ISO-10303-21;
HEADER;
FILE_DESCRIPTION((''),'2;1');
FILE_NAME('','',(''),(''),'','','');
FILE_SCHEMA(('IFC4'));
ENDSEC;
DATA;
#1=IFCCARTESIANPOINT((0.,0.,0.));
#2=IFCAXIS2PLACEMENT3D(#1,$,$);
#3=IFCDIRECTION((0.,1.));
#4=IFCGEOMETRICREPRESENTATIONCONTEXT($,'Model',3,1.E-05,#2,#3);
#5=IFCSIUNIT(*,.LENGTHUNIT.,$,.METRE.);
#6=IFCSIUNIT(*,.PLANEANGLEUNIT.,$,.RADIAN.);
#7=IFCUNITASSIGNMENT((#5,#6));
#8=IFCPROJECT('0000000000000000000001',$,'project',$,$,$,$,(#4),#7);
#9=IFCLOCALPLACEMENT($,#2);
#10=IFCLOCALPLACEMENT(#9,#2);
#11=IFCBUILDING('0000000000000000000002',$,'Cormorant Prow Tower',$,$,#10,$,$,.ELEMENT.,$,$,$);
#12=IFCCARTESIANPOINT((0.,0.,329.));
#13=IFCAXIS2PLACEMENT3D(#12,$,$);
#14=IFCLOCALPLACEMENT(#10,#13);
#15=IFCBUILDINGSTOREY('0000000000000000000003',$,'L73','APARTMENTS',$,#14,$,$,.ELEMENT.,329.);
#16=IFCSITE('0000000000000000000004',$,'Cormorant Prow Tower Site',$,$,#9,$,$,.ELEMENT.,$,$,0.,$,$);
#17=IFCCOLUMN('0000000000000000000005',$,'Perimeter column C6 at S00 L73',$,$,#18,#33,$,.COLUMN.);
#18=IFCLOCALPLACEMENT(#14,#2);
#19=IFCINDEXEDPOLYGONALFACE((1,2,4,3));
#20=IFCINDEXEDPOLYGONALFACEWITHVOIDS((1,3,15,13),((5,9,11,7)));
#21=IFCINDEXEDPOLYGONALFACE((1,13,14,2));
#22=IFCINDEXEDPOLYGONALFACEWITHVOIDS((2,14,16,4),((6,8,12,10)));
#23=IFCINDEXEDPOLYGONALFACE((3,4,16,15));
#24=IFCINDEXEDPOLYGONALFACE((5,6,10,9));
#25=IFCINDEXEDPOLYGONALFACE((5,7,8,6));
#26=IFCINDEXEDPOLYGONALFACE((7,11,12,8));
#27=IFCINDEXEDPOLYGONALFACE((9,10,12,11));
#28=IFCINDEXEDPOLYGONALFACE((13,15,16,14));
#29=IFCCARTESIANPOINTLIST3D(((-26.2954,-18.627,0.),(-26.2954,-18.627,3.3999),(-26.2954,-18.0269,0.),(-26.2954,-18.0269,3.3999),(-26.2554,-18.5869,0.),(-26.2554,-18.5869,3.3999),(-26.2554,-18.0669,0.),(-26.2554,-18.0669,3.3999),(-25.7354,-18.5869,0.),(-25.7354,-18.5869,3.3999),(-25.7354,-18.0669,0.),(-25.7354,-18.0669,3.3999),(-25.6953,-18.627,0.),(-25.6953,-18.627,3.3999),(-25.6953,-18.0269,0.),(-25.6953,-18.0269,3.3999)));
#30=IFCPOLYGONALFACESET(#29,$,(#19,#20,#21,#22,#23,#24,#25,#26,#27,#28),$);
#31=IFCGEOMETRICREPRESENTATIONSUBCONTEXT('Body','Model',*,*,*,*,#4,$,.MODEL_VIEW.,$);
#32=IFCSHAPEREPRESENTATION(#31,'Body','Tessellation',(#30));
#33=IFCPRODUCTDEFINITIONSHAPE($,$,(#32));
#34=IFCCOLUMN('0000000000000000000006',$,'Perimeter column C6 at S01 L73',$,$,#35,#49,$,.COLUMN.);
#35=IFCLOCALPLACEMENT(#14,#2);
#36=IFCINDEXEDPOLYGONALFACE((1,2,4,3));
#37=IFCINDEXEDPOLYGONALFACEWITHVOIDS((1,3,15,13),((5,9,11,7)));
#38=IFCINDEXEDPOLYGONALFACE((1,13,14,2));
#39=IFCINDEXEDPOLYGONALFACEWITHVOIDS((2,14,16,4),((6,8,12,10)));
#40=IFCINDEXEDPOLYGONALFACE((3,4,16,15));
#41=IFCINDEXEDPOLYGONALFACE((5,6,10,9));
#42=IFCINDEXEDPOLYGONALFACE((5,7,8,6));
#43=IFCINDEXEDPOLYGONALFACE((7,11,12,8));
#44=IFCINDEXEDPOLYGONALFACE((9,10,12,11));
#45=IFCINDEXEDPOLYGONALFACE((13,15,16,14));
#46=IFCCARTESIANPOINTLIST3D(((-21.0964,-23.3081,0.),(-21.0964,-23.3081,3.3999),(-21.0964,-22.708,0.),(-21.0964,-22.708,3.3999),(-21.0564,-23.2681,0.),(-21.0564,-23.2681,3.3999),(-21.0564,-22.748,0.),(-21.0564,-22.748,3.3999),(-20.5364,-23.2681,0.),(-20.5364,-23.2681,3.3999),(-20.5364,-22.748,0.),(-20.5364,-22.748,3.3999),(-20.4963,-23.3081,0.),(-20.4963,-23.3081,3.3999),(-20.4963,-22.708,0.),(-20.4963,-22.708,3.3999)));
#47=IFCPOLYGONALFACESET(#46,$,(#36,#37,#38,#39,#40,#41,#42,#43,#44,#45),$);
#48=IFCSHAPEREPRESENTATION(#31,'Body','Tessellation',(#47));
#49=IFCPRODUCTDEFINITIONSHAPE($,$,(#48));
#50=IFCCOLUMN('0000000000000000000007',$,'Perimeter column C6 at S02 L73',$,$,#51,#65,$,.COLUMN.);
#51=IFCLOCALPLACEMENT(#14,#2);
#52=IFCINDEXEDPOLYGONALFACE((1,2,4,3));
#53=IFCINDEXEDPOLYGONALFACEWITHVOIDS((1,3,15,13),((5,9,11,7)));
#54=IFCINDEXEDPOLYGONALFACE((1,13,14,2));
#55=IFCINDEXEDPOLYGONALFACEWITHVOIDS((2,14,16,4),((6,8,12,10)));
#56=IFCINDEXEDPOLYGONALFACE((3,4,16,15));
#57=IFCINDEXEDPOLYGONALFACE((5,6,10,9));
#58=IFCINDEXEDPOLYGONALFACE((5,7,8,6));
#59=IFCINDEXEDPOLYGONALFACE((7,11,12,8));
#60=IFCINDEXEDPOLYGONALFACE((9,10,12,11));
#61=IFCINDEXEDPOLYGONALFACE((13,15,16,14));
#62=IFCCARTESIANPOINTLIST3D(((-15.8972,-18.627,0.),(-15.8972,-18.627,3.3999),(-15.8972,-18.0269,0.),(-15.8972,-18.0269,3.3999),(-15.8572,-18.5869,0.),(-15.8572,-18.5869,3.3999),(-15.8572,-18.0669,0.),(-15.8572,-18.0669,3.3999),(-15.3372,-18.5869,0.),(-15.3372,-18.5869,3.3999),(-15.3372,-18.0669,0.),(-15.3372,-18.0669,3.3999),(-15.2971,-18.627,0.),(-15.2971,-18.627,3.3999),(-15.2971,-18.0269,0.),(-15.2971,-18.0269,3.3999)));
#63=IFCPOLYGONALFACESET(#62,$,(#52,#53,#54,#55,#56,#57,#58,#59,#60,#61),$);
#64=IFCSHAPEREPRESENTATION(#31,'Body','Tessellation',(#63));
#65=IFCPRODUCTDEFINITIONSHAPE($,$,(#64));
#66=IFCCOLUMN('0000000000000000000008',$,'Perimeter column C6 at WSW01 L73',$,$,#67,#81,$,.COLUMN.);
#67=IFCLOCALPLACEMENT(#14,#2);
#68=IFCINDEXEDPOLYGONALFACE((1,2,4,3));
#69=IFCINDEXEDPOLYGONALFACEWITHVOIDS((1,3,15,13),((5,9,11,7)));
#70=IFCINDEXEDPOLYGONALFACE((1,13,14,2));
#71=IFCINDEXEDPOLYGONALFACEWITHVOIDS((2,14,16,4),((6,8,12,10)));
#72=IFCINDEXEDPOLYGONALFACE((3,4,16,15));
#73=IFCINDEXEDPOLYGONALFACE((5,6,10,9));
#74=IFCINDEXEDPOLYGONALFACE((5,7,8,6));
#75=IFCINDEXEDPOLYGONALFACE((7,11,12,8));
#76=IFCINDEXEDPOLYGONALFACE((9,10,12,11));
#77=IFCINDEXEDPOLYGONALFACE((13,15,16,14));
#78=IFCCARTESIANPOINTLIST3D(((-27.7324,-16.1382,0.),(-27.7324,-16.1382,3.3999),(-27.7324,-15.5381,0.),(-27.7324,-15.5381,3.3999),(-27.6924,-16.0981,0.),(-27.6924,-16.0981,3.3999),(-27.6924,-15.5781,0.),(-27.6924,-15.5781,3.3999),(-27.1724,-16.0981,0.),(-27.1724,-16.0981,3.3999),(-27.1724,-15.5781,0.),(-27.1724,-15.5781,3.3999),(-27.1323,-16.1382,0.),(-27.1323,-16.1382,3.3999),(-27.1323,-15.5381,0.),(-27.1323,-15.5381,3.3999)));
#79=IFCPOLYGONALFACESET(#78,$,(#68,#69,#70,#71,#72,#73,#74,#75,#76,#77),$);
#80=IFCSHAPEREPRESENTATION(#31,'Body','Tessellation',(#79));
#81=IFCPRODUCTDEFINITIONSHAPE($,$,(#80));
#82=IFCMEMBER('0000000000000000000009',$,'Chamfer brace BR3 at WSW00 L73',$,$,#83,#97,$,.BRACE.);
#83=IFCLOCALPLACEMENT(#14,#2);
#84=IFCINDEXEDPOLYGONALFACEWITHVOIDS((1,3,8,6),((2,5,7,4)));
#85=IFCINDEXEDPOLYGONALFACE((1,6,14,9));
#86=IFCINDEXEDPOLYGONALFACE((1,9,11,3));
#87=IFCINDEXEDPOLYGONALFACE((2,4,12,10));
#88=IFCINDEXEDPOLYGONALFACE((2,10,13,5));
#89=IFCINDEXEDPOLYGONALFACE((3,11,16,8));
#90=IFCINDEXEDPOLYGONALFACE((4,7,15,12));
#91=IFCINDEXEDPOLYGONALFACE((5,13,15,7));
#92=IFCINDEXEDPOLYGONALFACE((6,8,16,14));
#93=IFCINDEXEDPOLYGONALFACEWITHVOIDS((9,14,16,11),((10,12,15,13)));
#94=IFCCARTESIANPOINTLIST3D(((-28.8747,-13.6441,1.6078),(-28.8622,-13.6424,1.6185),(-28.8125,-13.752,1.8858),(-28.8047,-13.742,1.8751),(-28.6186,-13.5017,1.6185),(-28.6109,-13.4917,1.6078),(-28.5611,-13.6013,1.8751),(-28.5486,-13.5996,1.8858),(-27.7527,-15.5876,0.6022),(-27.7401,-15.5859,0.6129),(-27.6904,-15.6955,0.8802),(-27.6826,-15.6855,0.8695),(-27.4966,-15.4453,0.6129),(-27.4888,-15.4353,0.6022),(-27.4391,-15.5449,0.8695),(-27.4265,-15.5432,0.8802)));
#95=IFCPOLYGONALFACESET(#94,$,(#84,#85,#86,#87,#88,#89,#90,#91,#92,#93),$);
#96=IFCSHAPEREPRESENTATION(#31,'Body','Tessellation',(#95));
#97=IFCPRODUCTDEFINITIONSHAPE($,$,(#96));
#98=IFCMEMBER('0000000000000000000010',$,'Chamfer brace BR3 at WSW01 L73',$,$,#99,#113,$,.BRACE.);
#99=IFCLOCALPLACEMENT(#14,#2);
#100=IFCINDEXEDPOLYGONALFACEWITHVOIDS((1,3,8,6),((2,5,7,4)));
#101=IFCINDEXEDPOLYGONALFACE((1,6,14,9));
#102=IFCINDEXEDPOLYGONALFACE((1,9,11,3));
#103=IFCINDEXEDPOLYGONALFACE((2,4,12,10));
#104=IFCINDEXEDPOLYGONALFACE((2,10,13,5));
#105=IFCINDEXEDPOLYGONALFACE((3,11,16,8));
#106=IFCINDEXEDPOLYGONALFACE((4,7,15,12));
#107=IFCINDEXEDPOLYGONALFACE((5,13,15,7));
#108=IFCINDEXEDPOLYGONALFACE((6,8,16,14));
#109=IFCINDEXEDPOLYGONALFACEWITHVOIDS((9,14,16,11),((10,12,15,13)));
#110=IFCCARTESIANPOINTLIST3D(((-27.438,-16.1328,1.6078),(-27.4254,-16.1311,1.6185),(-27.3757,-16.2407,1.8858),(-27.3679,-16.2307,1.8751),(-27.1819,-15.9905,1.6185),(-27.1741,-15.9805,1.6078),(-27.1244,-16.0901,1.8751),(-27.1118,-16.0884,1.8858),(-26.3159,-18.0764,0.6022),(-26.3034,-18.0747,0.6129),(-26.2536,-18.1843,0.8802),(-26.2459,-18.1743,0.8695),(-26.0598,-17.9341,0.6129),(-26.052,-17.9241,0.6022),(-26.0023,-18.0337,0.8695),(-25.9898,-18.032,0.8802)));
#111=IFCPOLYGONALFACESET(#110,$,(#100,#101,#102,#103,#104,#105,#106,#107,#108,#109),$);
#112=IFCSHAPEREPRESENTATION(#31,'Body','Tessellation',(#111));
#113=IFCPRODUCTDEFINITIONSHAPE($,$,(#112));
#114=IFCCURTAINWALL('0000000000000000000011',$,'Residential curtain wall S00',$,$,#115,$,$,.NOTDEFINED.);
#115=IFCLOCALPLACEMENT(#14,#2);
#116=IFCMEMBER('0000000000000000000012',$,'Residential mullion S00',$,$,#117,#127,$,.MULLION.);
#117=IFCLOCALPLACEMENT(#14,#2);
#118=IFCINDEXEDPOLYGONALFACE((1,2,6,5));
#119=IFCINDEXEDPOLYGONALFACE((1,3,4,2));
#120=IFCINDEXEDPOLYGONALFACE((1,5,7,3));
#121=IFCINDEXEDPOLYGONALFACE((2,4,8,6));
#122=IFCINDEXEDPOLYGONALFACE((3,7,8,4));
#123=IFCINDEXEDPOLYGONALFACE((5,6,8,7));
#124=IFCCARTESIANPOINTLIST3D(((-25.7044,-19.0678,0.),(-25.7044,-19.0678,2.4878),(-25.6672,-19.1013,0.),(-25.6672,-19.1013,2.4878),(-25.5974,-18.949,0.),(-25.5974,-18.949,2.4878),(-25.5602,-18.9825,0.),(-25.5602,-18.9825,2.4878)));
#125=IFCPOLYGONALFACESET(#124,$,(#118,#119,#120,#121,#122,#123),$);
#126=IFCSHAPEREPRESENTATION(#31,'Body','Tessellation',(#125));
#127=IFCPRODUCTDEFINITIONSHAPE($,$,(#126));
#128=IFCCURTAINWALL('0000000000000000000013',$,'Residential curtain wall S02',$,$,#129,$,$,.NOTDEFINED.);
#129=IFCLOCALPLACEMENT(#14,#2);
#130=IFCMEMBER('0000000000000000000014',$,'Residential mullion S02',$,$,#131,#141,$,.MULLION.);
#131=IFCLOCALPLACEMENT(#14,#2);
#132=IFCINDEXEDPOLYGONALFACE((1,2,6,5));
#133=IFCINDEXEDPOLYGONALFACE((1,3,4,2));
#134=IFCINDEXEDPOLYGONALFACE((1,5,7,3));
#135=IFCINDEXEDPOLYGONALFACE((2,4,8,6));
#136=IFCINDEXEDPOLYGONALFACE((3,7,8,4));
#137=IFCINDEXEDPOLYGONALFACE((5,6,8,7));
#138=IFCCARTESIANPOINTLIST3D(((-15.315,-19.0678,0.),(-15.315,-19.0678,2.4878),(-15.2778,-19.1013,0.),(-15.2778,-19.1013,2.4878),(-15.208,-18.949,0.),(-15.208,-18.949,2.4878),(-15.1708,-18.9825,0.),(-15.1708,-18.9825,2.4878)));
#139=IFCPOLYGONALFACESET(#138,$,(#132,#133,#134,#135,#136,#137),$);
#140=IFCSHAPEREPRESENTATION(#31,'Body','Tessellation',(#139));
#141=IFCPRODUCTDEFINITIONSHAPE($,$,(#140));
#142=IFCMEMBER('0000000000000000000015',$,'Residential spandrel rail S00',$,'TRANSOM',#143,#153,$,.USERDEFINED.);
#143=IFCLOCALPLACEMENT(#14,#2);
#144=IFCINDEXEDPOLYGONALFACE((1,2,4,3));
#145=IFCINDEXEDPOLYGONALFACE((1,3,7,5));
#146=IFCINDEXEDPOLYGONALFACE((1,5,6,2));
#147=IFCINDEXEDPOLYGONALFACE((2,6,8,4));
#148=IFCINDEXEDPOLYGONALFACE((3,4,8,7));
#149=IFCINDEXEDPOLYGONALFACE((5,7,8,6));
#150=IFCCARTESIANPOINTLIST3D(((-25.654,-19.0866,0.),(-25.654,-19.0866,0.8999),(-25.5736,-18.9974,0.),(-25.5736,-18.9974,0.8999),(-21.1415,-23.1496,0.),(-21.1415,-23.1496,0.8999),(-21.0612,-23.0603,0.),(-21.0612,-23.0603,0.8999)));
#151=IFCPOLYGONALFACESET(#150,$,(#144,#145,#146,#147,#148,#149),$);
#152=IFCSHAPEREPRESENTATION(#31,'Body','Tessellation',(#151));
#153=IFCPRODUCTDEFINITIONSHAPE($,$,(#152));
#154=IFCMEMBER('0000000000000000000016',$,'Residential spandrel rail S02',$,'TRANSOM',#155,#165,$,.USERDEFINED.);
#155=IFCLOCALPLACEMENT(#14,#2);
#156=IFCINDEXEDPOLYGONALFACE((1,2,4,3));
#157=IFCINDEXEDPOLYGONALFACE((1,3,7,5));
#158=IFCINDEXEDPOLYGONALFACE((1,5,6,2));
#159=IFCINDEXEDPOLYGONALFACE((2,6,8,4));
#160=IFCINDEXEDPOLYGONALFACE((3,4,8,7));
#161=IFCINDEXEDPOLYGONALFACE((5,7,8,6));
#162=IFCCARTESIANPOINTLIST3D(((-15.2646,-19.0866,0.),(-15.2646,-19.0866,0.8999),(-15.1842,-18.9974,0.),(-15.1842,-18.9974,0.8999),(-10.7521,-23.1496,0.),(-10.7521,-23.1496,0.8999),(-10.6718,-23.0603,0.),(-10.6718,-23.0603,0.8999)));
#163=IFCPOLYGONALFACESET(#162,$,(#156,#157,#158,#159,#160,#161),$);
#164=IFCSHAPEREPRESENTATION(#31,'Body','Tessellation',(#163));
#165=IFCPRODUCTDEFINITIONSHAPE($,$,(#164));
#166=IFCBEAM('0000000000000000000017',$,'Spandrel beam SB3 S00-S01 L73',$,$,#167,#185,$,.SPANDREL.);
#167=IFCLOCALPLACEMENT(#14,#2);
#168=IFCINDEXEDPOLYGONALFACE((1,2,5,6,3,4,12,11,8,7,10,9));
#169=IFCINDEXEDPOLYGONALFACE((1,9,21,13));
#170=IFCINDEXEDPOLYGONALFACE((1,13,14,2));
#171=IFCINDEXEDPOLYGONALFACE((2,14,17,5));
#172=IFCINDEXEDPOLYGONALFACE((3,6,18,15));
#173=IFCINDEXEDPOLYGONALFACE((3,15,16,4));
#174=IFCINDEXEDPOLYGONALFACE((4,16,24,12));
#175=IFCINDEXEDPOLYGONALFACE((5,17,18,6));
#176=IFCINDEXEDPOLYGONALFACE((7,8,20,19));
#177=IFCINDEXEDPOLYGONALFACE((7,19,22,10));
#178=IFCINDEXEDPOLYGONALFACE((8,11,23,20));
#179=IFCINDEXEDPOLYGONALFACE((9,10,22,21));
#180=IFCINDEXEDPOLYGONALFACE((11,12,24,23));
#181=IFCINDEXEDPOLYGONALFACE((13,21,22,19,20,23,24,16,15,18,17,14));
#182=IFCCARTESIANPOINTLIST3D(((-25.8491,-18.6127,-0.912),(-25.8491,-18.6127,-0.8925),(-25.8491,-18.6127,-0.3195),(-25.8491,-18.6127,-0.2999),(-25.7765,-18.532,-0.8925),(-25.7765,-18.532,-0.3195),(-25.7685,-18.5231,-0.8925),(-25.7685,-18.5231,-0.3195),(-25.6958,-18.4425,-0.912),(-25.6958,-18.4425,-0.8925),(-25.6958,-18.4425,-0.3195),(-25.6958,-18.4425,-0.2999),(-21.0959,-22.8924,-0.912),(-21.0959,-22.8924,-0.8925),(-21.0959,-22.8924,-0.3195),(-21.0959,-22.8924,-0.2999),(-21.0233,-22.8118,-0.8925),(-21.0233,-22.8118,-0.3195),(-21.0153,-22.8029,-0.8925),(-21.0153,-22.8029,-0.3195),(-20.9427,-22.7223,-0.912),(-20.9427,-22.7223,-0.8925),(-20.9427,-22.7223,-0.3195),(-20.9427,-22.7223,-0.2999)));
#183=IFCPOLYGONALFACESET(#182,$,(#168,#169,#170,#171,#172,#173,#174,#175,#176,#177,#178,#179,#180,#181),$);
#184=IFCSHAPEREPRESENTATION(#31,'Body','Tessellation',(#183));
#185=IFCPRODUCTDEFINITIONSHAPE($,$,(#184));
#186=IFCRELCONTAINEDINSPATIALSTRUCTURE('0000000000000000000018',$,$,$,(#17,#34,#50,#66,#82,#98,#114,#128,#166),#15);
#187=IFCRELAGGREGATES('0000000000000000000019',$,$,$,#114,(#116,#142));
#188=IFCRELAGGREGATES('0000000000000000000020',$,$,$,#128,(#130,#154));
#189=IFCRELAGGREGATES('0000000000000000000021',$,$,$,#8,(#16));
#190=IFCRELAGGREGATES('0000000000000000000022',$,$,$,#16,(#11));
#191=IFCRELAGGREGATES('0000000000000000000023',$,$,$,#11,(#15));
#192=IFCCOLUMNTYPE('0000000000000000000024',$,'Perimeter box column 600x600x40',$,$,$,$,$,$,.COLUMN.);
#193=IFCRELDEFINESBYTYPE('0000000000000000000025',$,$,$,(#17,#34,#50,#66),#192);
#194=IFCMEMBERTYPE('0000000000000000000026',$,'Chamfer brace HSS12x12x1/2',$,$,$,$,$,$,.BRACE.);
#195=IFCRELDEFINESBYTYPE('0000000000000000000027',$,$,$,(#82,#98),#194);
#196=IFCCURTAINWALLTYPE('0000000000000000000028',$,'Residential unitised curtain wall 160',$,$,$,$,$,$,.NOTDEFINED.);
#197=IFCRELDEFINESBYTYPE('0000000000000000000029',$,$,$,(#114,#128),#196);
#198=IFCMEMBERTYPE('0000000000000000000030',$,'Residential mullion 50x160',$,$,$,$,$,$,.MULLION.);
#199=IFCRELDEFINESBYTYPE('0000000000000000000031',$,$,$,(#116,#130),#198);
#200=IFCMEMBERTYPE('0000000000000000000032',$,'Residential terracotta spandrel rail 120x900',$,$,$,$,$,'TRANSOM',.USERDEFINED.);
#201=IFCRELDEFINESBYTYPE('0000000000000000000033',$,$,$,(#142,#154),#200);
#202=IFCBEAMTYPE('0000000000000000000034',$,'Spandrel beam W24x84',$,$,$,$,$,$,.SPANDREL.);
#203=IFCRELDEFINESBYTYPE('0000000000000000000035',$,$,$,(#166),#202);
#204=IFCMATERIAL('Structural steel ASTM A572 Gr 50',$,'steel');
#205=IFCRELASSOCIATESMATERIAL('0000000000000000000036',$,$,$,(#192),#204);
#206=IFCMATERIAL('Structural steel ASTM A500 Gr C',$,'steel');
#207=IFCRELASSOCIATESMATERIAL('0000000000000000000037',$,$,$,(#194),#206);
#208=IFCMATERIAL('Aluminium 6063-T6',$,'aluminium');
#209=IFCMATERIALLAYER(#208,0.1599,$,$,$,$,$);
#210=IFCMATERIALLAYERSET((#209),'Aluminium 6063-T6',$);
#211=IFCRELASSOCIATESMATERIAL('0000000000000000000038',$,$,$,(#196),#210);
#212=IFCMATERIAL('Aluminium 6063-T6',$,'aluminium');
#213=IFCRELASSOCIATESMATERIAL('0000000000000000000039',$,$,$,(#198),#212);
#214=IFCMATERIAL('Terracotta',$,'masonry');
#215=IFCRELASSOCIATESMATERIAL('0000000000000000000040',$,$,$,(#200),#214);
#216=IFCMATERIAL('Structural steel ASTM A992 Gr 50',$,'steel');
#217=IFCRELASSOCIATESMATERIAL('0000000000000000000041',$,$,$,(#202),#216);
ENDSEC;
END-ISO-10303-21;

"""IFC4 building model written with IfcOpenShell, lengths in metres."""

from ifc_helpers import new_model, si_unit, direction, frame, origin, origin_2d, place, context, subcontext, project, spatial, rectangle, hollow_rectangle, i_section, extrude, material, layer, layer_set, material_profile, profile_set, type_object, element, aggregate, save


model = new_model("IFC4")

# Units and contexts
model_context = context("Model", 3, precision=1e-05, world=origin(), true_north=direction((0.0, 1.0)))
body_context = subcontext(model_context, "Body", "Model", "MODEL_VIEW")
ifc_project = project(units=[si_unit("LENGTHUNIT", "METRE"), si_unit("PLANEANGLEUNIT", "RADIAN")], contexts=[model_context])

# Site, building, storey
site_placement = place(None, origin())
site = spatial("IfcSite", under=ifc_project, at=site_placement, Name="Cormorant Prow Tower Site", CompositionType="ELEMENT", RefElevation=0.0)
building_placement = place(site_placement, origin())
building = spatial("IfcBuilding", under=site, at=building_placement, Name="Cormorant Prow Tower", CompositionType="ELEMENT")
storey_placement = place(building_placement, frame((0.0, 0.0, 329.0)))
storey = spatial("IfcBuildingStorey", under=building, at=storey_placement, Name="L73", Description="APARTMENTS", CompositionType="ELEMENT", Elevation=329.0)

# Columns
ifc_material_1 = material(Name="Structural steel ASTM A572 Gr 50", Category="steel")
ifc_material_profile_1 = material_profile(ifc_material_1, hollow_rectangle(XDim=0.6001, YDim=0.6001, WallThickness=0.04, at=origin_2d()), Name="Box 600x600x40")
ifc_profile_set_1 = profile_set([ifc_material_profile_1], Name="Structural steel ASTM A572 Gr 50")
column_type = type_object("IfcColumnType", Name="Perimeter box column 600x600x40", PredefinedType="COLUMN", material=ifc_profile_set_1)
for number, where, z_axis, x_axis, name in (
    (1, (-25.9954, -18.3269, 0.0), (0.0, 0.0, 1.0), (1.0, 0.0, 0.0), "Perimeter column C6 at S00 L73"),
    (2, (-20.7964, -23.0081, 0.0), (0.0, 0.0, 1.0), (1.0, 0.0, 0.0), "Perimeter column C6 at S01 L73"),
    (3, (-15.5972, -18.3269, 0.0), (0.0, 0.0, 1.0), (1.0, 0.0, 0.0), "Perimeter column C6 at S02 L73"),
    (4, (-27.4324, -15.8381, 0.0), (0.0, 0.0, 1.0), (1.0, 0.0, 0.0), "Perimeter column C6 at WSW01 L73"),
):
    element("IfcColumn", number, at=place(storey_placement, frame(where, z_axis=z_axis, x_axis=x_axis)), inside=storey, type_object=column_type, Name=name, PredefinedType="COLUMN", context=body_context, shape_type="SweptSolid", body=[
        extrude(hollow_rectangle(XDim=0.6001, YDim=0.6001, WallThickness=0.04, at=origin_2d()), origin(), (0.0, 0.0, 1.0), 3.3999),
    ])

# Members
ifc_material_2 = material(Name="Structural steel ASTM A500 Gr C", Category="steel")
ifc_material_profile_2 = material_profile(ifc_material_2, hollow_rectangle(XDim=0.3047, YDim=0.3047, WallThickness=0.0117, at=origin_2d()), Name="HSS12x12x1/2")
ifc_profile_set_2 = profile_set([ifc_material_profile_2], Name="Structural steel ASTM A500 Gr C")
member_type_1 = type_object("IfcMemberType", Name="Chamfer brace HSS12x12x1/2", PredefinedType="BRACE", material=ifc_profile_set_2)
for number, where, z_axis, x_axis, name in (
    (5, (-27.5896, -15.5654, 0.7412), (-0.456266, 0.790324, 0.408912), (-0.866039, -0.499977, 0.0), "Chamfer brace BR3 at WSW00 L73"),
    (6, (-26.1528, -18.0542, 0.7412), (-0.456266, 0.790324, 0.408912), (-0.866039, -0.499977, 0.0), "Chamfer brace BR3 at WSW01 L73"),
):
    element("IfcMember", number, at=place(storey_placement, frame(where, z_axis=z_axis, x_axis=x_axis)), inside=storey, type_object=member_type_1, Name=name, PredefinedType="BRACE", context=body_context, shape_type="SweptSolid", body=[
        extrude(hollow_rectangle(XDim=0.3047, YDim=0.3047, WallThickness=0.0117, at=origin_2d()), origin(), (0.0, 0.0, 1.0), 2.4592),
    ])

# Curtain walls, members
ifc_material_3 = material(Name="Aluminium 6063-T6", Category="aluminium")
ifc_layer_1 = layer(ifc_material_3, 0.1599)
ifc_layer_set_1 = layer_set([ifc_layer_1], Name="Aluminium 6063-T6")
curtain_wall_type = type_object("IfcCurtainWallType", Name="Residential unitised curtain wall 160", PredefinedType="NOTDEFINED", material=ifc_layer_set_1)
curtain_wall_1_placement = place(storey_placement, origin())
curtain_wall_1 = element("IfcCurtainWall", 7, at=curtain_wall_1_placement, inside=storey, type_object=curtain_wall_type, Name="Residential curtain wall S00", PredefinedType="NOTDEFINED")
ifc_material_4 = material(Name="Aluminium 6063-T6", Category="aluminium")
ifc_material_profile_3 = material_profile(ifc_material_4, rectangle(XDim=0.1599, YDim=0.05, at=origin_2d()), Name="Residential mullion 50x160")
ifc_profile_set_3 = profile_set([ifc_material_profile_3], Name="Aluminium 6063-T6")
member_type_2 = type_object("IfcMemberType", Name="Residential mullion 50x160", PredefinedType="MULLION", material=ifc_profile_set_3)
member_1_placement = place(storey_placement, frame((-25.6323, -19.0251, 0.0), z_axis=(0.0, 0.0, 1.0), x_axis=(0.669131, 0.743145, 0.0)))
member_1 = element("IfcMember", 8, at=member_1_placement, type_object=member_type_2, Name="Residential mullion S00", PredefinedType="MULLION", context=body_context, shape_type="SweptSolid", body=[
    extrude(rectangle(XDim=0.1599, YDim=0.05, at=origin_2d()), origin(), (0.0, 0.0, 1.0), 2.4878),
])
curtain_wall_2_placement = place(storey_placement, origin())
curtain_wall_2 = element("IfcCurtainWall", 9, at=curtain_wall_2_placement, inside=storey, type_object=curtain_wall_type, Name="Residential curtain wall S02", PredefinedType="NOTDEFINED")
member_2_placement = place(storey_placement, frame((-15.2429, -19.0251, 0.0), z_axis=(0.0, 0.0, 1.0), x_axis=(0.669131, 0.743145, 0.0)))
member_2 = element("IfcMember", 10, at=member_2_placement, type_object=member_type_2, Name="Residential mullion S02", PredefinedType="MULLION", context=body_context, shape_type="SweptSolid", body=[
    extrude(rectangle(XDim=0.1599, YDim=0.05, at=origin_2d()), origin(), (0.0, 0.0, 1.0), 2.4878),
])

# Members
ifc_material_5 = material(Name="Terracotta", Category="masonry")
ifc_material_profile_4 = material_profile(ifc_material_5, rectangle(XDim=0.1201, YDim=0.8999, at=origin_2d()), Name="Residential terracotta spandrel rail 120x900")
ifc_profile_set_4 = profile_set([ifc_material_profile_4], Name="Terracotta")
member_type_3 = type_object("IfcMemberType", Name="Residential terracotta spandrel rail 120x900", ElementType="TRANSOM", PredefinedType="USERDEFINED", material=ifc_profile_set_4)
member_3_placement = place(storey_placement, frame((-25.6138, -19.042, 0.45), z_axis=(0.743148, -0.669127, 0.0), x_axis=(0.669127, 0.743148, 0.0)))
member_3 = element("IfcMember", 11, at=member_3_placement, type_object=member_type_3, Name="Residential spandrel rail S00", ObjectType="TRANSOM", PredefinedType="USERDEFINED", context=body_context, shape_type="SweptSolid", body=[
    extrude(rectangle(XDim=0.1201, YDim=0.8999, at=origin_2d()), origin(), (0.0, 0.0, 1.0), 6.072),
])
member_4_placement = place(storey_placement, frame((-15.2244, -19.042, 0.45), z_axis=(0.743148, -0.669127, 0.0), x_axis=(0.669127, 0.743148, 0.0)))
member_4 = element("IfcMember", 12, at=member_4_placement, type_object=member_type_3, Name="Residential spandrel rail S02", ObjectType="TRANSOM", PredefinedType="USERDEFINED", context=body_context, shape_type="SweptSolid", body=[
    extrude(rectangle(XDim=0.1201, YDim=0.8999, at=origin_2d()), origin(), (0.0, 0.0, 1.0), 6.072),
])

# Beam
ifc_material_6 = material(Name="Structural steel ASTM A992 Gr 50", Category="steel")
ifc_material_profile_5 = material_profile(ifc_material_6, i_section(OverallWidth=0.229, OverallDepth=0.6121, WebThickness=0.012, FlangeThickness=0.0195, at=origin_2d()), Name="W24x84")
ifc_profile_set_5 = profile_set([ifc_material_profile_5], Name="Structural steel ASTM A992 Gr 50")
beam_type = type_object("IfcBeamType", Name="Spandrel beam W24x84", PredefinedType="SPANDREL", material=ifc_profile_set_5)
beam_1_placement = place(storey_placement, frame((-25.7725, -18.5276, -0.606), z_axis=(0.743144, -0.669131, 0.0), x_axis=(0.669131, 0.743144, 0.0)))
element("IfcBeam", 13, at=beam_1_placement, inside=storey, type_object=beam_type, Name="Spandrel beam SB3 S00-S01 L73", PredefinedType="SPANDREL", context=body_context, shape_type="SweptSolid", body=[
    extrude(i_section(OverallWidth=0.229, OverallDepth=0.6121, WebThickness=0.012, FlangeThickness=0.0195, at=origin_2d()), origin(), (0.0, 0.0, 1.0), 6.396),
])

aggregate(curtain_wall_1, [member_1, member_3])
aggregate(curtain_wall_2, [member_2, member_4])

save(model, "model.ifc")
